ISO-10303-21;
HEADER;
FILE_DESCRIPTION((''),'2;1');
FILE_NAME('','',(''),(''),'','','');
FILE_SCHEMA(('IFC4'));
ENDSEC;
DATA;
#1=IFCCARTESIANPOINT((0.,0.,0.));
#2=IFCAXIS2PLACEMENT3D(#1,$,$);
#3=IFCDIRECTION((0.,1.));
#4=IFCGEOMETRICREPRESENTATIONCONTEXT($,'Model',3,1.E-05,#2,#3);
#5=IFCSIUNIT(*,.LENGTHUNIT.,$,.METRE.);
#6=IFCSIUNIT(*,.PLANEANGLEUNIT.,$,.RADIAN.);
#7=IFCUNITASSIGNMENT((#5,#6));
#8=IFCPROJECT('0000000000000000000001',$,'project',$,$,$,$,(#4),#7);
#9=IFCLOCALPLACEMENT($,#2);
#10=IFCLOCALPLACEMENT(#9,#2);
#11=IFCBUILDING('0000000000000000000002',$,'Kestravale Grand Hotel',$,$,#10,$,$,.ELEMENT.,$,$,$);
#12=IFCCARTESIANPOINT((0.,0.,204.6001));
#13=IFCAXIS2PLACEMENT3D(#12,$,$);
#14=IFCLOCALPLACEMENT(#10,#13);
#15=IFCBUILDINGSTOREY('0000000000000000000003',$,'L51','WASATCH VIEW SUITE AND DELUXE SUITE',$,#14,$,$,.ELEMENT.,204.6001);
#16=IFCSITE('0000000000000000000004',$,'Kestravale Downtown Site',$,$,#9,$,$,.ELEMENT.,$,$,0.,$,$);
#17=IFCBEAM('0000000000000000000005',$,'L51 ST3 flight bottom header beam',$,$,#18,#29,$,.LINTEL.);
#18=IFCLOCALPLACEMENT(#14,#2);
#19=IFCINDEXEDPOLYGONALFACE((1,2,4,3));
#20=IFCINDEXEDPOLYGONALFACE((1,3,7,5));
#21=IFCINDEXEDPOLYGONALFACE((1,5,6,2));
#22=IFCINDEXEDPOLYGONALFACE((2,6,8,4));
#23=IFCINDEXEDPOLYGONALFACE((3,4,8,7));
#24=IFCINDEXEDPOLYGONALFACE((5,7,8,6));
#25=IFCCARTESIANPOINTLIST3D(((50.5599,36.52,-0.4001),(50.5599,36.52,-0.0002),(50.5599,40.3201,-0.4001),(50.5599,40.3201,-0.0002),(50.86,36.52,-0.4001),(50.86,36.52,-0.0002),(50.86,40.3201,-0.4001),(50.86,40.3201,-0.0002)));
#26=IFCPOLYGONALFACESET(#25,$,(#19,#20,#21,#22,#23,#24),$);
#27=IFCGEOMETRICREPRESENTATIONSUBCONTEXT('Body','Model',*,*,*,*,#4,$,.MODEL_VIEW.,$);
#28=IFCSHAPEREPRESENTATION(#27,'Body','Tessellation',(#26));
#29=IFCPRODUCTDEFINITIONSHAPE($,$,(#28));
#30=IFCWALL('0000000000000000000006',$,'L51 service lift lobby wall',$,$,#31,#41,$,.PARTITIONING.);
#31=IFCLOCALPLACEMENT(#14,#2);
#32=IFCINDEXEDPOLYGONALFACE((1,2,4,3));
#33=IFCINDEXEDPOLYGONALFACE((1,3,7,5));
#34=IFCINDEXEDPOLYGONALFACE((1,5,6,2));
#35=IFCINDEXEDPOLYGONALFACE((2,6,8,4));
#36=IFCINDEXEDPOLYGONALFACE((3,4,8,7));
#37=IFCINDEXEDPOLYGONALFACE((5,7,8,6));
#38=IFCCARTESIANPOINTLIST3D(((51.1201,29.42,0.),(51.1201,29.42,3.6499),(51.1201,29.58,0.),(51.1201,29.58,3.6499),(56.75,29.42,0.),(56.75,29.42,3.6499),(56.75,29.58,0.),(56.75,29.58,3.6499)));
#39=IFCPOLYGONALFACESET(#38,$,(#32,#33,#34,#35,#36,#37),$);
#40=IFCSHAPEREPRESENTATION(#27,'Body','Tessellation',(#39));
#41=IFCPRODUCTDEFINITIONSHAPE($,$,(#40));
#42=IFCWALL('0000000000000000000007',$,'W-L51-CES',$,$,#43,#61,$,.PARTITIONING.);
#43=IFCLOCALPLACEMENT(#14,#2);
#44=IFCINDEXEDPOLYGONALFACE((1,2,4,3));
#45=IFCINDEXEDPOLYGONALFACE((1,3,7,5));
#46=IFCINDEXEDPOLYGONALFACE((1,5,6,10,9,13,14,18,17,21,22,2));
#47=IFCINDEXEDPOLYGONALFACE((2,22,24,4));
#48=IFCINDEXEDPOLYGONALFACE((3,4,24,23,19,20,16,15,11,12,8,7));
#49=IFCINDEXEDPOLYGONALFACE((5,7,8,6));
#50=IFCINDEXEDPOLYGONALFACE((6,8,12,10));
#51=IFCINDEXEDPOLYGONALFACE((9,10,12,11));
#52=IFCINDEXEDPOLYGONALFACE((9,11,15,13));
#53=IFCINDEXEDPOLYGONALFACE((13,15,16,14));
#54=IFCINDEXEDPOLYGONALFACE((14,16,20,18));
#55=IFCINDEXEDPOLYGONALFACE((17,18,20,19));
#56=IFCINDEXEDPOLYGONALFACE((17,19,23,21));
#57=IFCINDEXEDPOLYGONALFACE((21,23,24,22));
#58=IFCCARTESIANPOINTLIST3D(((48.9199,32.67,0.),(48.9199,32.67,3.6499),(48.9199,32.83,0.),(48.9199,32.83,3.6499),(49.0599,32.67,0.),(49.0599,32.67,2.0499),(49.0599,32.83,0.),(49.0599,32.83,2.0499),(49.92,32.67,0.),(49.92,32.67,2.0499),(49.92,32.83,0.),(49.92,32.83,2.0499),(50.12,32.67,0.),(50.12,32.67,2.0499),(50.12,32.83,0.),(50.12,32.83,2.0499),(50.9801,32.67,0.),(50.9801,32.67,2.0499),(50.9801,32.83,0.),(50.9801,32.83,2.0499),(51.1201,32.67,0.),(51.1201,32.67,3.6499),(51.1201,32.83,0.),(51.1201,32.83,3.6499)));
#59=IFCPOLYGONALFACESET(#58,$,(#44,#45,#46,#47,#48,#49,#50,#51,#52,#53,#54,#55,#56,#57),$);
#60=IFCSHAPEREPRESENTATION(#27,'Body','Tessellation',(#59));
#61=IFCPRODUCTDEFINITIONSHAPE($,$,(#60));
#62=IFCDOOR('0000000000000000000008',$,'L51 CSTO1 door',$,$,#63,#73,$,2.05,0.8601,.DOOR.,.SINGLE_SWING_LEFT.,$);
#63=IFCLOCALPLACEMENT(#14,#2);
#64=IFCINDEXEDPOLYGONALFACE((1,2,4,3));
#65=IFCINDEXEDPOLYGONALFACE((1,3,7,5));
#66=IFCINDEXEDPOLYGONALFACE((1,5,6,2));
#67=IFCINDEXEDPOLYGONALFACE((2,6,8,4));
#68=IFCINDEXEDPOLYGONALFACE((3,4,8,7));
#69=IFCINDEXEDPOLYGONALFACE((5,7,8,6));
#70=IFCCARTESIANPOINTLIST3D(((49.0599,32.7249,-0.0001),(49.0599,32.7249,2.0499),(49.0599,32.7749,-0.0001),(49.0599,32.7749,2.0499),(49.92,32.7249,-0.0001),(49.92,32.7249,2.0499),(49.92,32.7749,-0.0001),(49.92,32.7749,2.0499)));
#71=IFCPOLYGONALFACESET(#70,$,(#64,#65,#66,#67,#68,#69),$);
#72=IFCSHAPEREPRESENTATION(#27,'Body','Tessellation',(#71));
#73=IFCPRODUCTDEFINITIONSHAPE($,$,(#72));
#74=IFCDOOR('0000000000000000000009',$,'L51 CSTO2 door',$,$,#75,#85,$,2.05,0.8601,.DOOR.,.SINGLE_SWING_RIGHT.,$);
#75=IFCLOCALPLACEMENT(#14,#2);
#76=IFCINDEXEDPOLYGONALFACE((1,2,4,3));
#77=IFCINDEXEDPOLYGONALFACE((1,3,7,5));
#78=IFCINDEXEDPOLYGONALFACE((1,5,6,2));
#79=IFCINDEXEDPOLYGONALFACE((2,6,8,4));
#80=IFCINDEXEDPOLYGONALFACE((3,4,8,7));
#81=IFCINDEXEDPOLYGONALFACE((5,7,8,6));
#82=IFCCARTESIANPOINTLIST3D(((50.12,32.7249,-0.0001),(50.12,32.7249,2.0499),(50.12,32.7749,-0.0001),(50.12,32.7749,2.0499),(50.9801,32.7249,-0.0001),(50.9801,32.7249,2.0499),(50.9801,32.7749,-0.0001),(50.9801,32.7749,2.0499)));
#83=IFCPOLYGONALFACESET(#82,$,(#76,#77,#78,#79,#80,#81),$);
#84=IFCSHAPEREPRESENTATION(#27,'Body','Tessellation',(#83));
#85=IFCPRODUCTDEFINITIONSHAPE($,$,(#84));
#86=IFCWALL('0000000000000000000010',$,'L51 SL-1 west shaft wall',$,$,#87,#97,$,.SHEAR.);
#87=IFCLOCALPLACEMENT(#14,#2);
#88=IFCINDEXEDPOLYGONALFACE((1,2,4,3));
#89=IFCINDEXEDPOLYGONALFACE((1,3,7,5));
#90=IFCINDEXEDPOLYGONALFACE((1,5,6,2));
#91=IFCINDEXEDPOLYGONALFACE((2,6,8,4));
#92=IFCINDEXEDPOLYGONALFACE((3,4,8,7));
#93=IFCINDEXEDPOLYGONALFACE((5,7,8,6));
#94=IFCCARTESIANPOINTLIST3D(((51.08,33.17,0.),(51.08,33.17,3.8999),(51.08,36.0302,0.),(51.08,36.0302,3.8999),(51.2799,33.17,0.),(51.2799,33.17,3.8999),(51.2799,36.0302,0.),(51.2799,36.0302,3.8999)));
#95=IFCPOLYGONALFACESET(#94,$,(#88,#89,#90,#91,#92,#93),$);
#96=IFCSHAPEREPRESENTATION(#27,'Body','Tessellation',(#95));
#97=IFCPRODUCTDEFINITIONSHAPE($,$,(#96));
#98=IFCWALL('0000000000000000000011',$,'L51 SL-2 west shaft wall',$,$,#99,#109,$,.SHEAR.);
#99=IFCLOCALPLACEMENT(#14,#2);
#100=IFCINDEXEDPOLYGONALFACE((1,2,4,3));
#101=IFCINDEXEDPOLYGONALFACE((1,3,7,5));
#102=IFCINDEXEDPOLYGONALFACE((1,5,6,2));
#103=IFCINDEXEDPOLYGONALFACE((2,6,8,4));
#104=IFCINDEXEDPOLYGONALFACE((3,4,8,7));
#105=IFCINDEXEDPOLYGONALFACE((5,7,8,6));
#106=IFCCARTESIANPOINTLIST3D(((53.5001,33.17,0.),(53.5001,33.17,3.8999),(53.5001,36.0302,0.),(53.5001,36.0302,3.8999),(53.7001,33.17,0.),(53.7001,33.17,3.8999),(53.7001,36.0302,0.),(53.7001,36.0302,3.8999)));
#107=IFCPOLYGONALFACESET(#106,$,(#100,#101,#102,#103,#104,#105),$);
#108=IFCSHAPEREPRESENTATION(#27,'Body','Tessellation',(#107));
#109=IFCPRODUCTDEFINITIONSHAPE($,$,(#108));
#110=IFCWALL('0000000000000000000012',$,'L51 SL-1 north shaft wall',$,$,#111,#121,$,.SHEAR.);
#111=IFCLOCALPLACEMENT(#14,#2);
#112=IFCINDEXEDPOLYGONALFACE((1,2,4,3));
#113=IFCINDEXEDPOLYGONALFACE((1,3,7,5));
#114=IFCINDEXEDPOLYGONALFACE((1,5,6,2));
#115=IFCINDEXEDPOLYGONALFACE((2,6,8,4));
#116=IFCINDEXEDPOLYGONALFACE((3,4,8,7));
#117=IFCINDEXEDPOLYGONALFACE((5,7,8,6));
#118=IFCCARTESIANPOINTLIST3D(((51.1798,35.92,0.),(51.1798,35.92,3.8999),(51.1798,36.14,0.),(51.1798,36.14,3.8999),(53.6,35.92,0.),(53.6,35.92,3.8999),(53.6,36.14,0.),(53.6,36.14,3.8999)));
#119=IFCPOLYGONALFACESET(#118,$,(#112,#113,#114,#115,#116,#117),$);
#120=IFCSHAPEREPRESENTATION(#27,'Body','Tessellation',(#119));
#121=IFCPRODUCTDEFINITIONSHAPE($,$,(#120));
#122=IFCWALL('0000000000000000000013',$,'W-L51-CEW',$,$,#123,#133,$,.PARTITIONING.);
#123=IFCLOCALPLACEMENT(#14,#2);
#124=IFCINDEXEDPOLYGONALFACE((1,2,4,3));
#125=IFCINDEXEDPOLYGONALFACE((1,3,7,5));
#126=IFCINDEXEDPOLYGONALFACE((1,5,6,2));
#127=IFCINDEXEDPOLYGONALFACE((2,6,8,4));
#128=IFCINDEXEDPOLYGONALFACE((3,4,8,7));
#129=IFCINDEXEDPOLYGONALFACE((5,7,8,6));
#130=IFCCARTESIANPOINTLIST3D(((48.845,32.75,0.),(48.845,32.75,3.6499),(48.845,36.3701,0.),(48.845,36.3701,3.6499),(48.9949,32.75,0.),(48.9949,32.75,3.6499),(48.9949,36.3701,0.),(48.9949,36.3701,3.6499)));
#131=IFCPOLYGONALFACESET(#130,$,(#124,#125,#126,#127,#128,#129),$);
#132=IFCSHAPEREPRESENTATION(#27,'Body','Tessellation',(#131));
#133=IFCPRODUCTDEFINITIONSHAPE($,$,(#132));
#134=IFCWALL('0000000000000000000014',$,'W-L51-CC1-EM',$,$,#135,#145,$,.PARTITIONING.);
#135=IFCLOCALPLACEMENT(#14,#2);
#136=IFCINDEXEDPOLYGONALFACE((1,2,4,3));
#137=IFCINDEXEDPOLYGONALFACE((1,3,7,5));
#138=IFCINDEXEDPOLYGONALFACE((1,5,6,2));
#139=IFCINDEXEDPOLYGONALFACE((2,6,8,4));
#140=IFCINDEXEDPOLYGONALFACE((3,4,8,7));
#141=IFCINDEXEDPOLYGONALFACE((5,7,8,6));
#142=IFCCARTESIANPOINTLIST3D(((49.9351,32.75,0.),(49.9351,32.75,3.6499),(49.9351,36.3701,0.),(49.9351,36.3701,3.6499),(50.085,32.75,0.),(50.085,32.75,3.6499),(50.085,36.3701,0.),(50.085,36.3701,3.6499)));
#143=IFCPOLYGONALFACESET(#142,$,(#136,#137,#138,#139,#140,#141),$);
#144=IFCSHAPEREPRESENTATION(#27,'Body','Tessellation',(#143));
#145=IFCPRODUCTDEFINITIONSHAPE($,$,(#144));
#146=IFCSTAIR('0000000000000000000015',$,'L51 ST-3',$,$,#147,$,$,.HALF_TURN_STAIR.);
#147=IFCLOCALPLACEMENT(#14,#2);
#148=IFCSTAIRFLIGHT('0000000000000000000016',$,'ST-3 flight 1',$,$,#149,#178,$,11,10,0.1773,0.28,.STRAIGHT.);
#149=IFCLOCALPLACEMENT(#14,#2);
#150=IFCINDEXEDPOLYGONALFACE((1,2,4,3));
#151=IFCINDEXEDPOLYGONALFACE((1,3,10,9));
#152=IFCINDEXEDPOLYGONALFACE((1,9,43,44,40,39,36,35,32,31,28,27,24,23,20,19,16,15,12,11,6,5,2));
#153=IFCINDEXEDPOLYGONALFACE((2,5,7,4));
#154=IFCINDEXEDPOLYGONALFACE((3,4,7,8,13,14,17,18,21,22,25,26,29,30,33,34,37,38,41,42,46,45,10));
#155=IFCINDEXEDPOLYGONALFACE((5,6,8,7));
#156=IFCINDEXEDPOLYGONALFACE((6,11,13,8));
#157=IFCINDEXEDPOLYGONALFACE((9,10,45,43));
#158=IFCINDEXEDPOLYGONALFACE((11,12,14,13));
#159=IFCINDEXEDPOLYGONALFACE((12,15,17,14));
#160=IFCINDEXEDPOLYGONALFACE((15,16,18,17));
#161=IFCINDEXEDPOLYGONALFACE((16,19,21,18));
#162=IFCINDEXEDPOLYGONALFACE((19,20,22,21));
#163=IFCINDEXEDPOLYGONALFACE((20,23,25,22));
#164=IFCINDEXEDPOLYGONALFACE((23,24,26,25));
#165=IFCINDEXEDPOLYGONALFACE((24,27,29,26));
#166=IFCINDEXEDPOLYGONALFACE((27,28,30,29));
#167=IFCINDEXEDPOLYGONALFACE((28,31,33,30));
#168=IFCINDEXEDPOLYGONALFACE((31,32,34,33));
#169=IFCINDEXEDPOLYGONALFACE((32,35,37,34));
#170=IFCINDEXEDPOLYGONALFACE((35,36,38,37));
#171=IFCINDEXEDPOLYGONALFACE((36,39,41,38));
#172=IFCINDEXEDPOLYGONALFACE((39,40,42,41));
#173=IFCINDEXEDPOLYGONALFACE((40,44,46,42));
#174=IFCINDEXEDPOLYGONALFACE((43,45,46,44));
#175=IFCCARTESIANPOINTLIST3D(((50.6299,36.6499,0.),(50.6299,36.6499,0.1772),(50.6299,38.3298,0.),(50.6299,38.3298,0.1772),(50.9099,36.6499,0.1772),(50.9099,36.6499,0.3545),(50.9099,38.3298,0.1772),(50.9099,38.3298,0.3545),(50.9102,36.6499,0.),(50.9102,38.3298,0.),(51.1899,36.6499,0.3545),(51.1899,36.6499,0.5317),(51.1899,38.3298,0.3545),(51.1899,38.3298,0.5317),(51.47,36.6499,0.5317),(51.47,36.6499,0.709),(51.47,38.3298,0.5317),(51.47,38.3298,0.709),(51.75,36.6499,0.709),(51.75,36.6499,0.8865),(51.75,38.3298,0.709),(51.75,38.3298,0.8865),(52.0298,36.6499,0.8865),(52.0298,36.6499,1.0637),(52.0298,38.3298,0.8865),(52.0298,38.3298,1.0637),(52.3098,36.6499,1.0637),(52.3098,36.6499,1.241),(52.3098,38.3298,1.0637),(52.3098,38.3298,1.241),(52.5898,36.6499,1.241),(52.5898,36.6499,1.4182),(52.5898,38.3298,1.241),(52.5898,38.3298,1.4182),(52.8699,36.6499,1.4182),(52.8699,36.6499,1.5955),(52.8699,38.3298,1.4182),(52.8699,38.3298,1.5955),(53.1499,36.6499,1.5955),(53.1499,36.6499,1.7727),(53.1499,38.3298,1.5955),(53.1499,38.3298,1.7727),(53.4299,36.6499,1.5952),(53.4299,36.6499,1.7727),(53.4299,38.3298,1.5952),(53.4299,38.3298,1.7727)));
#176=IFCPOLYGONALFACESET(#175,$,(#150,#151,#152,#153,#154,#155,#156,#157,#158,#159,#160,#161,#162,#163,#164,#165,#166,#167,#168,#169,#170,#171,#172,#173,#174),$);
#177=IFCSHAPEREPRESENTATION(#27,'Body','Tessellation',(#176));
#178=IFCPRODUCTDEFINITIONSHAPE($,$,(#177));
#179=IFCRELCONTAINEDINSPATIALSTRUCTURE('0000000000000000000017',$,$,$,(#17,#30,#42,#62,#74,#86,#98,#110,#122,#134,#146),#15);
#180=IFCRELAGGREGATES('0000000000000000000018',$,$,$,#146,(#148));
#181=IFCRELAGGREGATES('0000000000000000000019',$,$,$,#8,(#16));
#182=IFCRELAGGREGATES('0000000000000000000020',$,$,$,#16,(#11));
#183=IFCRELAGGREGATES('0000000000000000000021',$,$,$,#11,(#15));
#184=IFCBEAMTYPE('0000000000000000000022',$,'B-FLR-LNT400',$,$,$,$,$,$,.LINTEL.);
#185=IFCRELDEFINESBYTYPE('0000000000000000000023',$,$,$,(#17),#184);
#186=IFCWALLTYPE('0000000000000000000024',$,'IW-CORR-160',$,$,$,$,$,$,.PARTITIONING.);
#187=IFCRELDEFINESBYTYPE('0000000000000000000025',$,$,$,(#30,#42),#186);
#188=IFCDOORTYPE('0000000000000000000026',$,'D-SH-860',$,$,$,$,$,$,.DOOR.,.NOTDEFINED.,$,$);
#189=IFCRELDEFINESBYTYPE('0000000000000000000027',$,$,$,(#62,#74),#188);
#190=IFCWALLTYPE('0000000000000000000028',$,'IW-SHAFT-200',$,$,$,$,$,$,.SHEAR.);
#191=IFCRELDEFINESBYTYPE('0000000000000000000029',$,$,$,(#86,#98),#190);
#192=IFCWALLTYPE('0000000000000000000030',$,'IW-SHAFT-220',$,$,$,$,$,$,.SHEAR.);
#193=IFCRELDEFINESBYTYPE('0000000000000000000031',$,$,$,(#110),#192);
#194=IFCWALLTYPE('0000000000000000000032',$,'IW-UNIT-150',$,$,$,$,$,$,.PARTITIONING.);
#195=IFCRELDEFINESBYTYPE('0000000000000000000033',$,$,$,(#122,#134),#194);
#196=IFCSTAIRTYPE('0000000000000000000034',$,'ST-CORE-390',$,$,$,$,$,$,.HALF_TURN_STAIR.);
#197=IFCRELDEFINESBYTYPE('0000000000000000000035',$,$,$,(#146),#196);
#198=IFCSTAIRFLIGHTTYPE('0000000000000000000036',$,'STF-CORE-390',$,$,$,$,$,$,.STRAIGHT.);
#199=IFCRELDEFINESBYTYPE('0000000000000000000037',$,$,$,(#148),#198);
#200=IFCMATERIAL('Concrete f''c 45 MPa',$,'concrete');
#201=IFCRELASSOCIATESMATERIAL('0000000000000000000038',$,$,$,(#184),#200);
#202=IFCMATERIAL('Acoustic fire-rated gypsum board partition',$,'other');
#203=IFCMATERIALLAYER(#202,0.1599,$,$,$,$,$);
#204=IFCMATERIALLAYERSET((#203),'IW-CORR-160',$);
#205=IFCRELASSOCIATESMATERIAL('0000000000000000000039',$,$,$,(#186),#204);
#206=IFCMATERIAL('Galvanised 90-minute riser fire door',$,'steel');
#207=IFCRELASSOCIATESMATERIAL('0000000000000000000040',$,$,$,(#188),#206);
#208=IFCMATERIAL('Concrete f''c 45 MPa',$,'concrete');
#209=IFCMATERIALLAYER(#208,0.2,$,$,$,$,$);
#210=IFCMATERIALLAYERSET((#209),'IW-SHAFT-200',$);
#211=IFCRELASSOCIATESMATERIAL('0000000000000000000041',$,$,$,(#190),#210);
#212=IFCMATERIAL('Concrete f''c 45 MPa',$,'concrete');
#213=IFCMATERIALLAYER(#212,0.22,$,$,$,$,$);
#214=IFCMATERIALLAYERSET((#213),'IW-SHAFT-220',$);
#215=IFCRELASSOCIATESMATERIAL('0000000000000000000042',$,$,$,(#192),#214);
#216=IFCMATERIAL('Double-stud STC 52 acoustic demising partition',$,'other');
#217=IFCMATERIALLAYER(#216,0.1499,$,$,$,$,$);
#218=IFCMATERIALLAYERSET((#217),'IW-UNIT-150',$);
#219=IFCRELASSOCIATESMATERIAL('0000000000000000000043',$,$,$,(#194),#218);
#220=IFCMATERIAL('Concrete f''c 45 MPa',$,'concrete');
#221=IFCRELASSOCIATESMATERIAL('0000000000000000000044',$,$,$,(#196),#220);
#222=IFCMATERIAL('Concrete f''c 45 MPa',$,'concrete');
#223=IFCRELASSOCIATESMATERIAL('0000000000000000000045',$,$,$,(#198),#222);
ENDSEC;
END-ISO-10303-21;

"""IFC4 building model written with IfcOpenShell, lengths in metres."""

from ifc_helpers import new_model, si_unit, direction, frame, frame_2d, origin, origin_2d, place, context, subcontext, project, spatial, polyline, rectangle, outline, extrude, material, layer, layer_set, material_profile, profile_set, type_object, element, fill, aggregate, save


model = new_model("IFC4")

# Units and contexts
model_context = context("Model", 3, precision=1e-05, world=origin(), true_north=direction((0.0, 1.0)))
body_context = subcontext(model_context, "Body", "Model", "MODEL_VIEW")
ifc_project = project(units=[si_unit("LENGTHUNIT", "METRE"), si_unit("PLANEANGLEUNIT", "RADIAN")], contexts=[model_context])

# Site, building, storey
site_placement = place(None, origin())
site = spatial("IfcSite", under=ifc_project, at=site_placement, Name="Kestravale Downtown Site", CompositionType="ELEMENT", RefElevation=0.0)
building_placement = place(site_placement, origin())
building = spatial("IfcBuilding", under=site, at=building_placement, Name="Kestravale Grand Hotel", CompositionType="ELEMENT")
storey_placement = place(building_placement, frame((0.0, 0.0, 204.6001)))
storey = spatial("IfcBuildingStorey", under=building, at=storey_placement, Name="L51", Description="WASATCH VIEW SUITE AND DELUXE SUITE", CompositionType="ELEMENT", Elevation=204.6001)

# Beam
ifc_material_1 = material(Name="Concrete f'c 45 MPa", Category="concrete")
ifc_material_profile = material_profile(ifc_material_1, rectangle(XDim=0.3, YDim=0.3999, at=origin_2d()))
ifc_profile_set = profile_set([ifc_material_profile], Name="Concrete f'c 45 MPa")
beam_type = type_object("IfcBeamType", Name="B-FLR-LNT400", PredefinedType="LINTEL", material=ifc_profile_set)
beam_placement = place(storey_placement, frame((50.71, 36.52, -0.2002), z_axis=(0.0, 1.0, 0.0), x_axis=(-1.0, 0.0, 0.0)))
element("IfcBeam", 1, at=beam_placement, inside=storey, type_object=beam_type, Name="L51 ST3 flight bottom header beam", PredefinedType="LINTEL", context=body_context, shape_type="SweptSolid", body=[
    extrude(rectangle(XDim=0.3, YDim=0.3999, at=origin_2d()), origin(), (0.0, 0.0, 1.0), 3.8),
])

# Shared definitions
ifc_material_2 = material(Name="Acoustic fire-rated gypsum board partition", Category="other")
ifc_layer_1 = layer(ifc_material_2, 0.1599)
ifc_layer_set_1 = layer_set([ifc_layer_1], Name="IW-CORR-160")
wall_type_1 = type_object("IfcWallType", Name="IW-CORR-160", PredefinedType="PARTITIONING", material=ifc_layer_set_1)

# Wall
wall_1_placement = place(storey_placement, frame((51.1201, 29.5, 0.0), z_axis=(0.0, 0.0, 1.0), x_axis=(1.0, 0.0, 0.0)))
element("IfcWall", 2, at=wall_1_placement, inside=storey, type_object=wall_type_1, Name="L51 service lift lobby wall", PredefinedType="PARTITIONING", context=body_context, shape_type="SweptSolid", body=[
    extrude(rectangle(XDim=5.6299, YDim=0.1599, at=frame_2d((2.8149, 0.0))), origin(), (0.0, 0.0, 1.0), 3.6499),
])

# Wall, openings, doors
wall_2_placement = place(storey_placement, frame((48.9199, 32.75, 0.0), z_axis=(0.0, 0.0, 1.0), x_axis=(1.0, 0.0, 0.0)))
wall_2 = element("IfcWall", 3, at=wall_2_placement, inside=storey, type_object=wall_type_1, Name="W-L51-CES", PredefinedType="PARTITIONING", context=body_context, shape_type="SweptSolid", body=[
    extrude(rectangle(XDim=2.2002, YDim=0.1599, at=frame_2d((1.1001, 0.0))), origin(), (0.0, 0.0, 1.0), 3.6499),
])
opening_1_placement = place(wall_2_placement, frame((0.1399, 0.0, 0.0)))
opening_1 = element("IfcOpeningElement", 4, at=opening_1_placement, cuts=wall_2, PredefinedType="OPENING", context=body_context, shape_type="SweptSolid", body=[
    extrude(rectangle(XDim=0.8601, YDim=2.05, at=frame_2d((0.4302, 1.0249))), frame((0.0, 0.0898, 0.0), z_axis=(0.0, -1.0, 0.0), x_axis=(1.0, 0.0, 0.0)), (0.0, 0.0, 1.0), 0.1799),
])
opening_2_placement = place(wall_2_placement, frame((1.2, 0.0, 0.0)))
opening_2 = element("IfcOpeningElement", 5, at=opening_2_placement, cuts=wall_2, PredefinedType="OPENING", context=body_context, shape_type="SweptSolid", body=[
    extrude(rectangle(XDim=0.8601, YDim=2.05, at=frame_2d((0.4302, 1.0249))), frame((0.0, 0.0898, 0.0), z_axis=(0.0, -1.0, 0.0), x_axis=(1.0, 0.0, 0.0)), (0.0, 0.0, 1.0), 0.1799),
])
ifc_material_3 = material(Name="Galvanised 90-minute riser fire door", Category="steel")
door_type_1 = type_object("IfcDoorType", Name="D-SH-860", OperationType="NOTDEFINED", PredefinedType="DOOR", material=ifc_material_3)
door_1_placement = place(opening_1_placement, origin())
door_1 = element("IfcDoor", 6, at=door_1_placement, inside=storey, type_object=door_type_1, Name="L51 CSTO1 door", OperationType="SINGLE_SWING_LEFT", OverallHeight=2.05, OverallWidth=0.8601, PredefinedType="DOOR", context=body_context, shape_type="SweptSolid", body=[
    extrude(rectangle(XDim=0.8601, YDim=2.05, at=frame_2d((0.4302, 1.0249))), frame((0.0, 0.0249, 0.0), z_axis=(0.0, -1.0, 0.0), x_axis=(1.0, 0.0, 0.0)), (0.0, 0.0, 1.0), 0.05),
])
fill(opening_1, door_1)
door_2_placement = place(opening_2_placement, origin())
door_2 = element("IfcDoor", 7, at=door_2_placement, inside=storey, type_object=door_type_1, Name="L51 CSTO2 door", OperationType="SINGLE_SWING_RIGHT", OverallHeight=2.05, OverallWidth=0.8601, PredefinedType="DOOR", context=body_context, shape_type="SweptSolid", body=[
    extrude(rectangle(XDim=0.8601, YDim=2.05, at=frame_2d((0.4302, 1.0249))), frame((0.0, 0.0249, 0.0), z_axis=(0.0, -1.0, 0.0), x_axis=(1.0, 0.0, 0.0)), (0.0, 0.0, 1.0), 0.05),
])
fill(opening_2, door_2)

# Walls
ifc_material_4 = material(Name="Concrete f'c 45 MPa", Category="concrete")
ifc_layer_2 = layer(ifc_material_4, 0.2)
ifc_layer_set_2 = layer_set([ifc_layer_2], Name="IW-SHAFT-200")
wall_type_2 = type_object("IfcWallType", Name="IW-SHAFT-200", PredefinedType="SHEAR", material=ifc_layer_set_2)
for number, where, z_axis, x_axis, name in (
    (8, (51.1799, 33.1699, 0.0), (0.0, 0.0, 1.0), (0.0, 1.0, 0.0), "L51 SL-1 west shaft wall"),
    (9, (53.6001, 33.1699, 0.0), (0.0, 0.0, 1.0), (0.0, 1.0, 0.0), "L51 SL-2 west shaft wall"),
):
    element("IfcWall", number, at=place(storey_placement, frame(where, z_axis=z_axis, x_axis=x_axis)), inside=storey, type_object=wall_type_2, Name=name, PredefinedType="SHEAR", context=body_context, shape_type="SweptSolid", body=[
        extrude(rectangle(XDim=2.8601, YDim=0.2, at=frame_2d((1.4302, 0.0))), origin(), (0.0, 0.0, 1.0), 3.8999),
    ])
ifc_material_5 = material(Name="Concrete f'c 45 MPa", Category="concrete")
ifc_layer_3 = layer(ifc_material_5, 0.22)
ifc_layer_set_3 = layer_set([ifc_layer_3], Name="IW-SHAFT-220")
wall_type_3 = type_object("IfcWallType", Name="IW-SHAFT-220", PredefinedType="SHEAR", material=ifc_layer_set_3)
wall_3_placement = place(storey_placement, frame((51.1799, 36.03, 0.0), z_axis=(0.0, 0.0, 1.0), x_axis=(1.0, 0.0, 0.0)))
element("IfcWall", 10, at=wall_3_placement, inside=storey, type_object=wall_type_3, Name="L51 SL-1 north shaft wall", PredefinedType="SHEAR", context=body_context, shape_type="SweptSolid", body=[
    extrude(rectangle(XDim=2.4202, YDim=0.22, at=frame_2d((1.21, 0.0))), origin(), (0.0, 0.0, 1.0), 3.8999),
])

# Walls
ifc_material_6 = material(Name="Double-stud STC 52 acoustic demising partition", Category="other")
ifc_layer_4 = layer(ifc_material_6, 0.1499)
ifc_layer_set_4 = layer_set([ifc_layer_4], Name="IW-UNIT-150")
wall_type_4 = type_object("IfcWallType", Name="IW-UNIT-150", PredefinedType="PARTITIONING", material=ifc_layer_set_4)
for number, where, z_axis, x_axis, name in (
    (11, (48.9199, 32.75, 0.0), (0.0, 0.0, 1.0), (0.0, 1.0, 0.0), "W-L51-CEW"),
    (12, (50.01, 32.75, 0.0), (0.0, 0.0, 1.0), (0.0, 1.0, 0.0), "W-L51-CC1-EM"),
):
    element("IfcWall", number, at=place(storey_placement, frame(where, z_axis=z_axis, x_axis=x_axis)), inside=storey, type_object=wall_type_4, Name=name, PredefinedType="PARTITIONING", context=body_context, shape_type="SweptSolid", body=[
        extrude(rectangle(XDim=3.6201, YDim=0.1499, at=frame_2d((1.8101, 0.0))), origin(), (0.0, 0.0, 1.0), 3.6499),
    ])

# Stair, stair flight
ifc_material_7 = material(Name="Concrete f'c 45 MPa", Category="concrete")
stair_type = type_object("IfcStairType", Name="ST-CORE-390", PredefinedType="HALF_TURN_STAIR", material=ifc_material_7)
stair_placement = place(storey_placement, origin())
stair = element("IfcStair", 13, at=stair_placement, inside=storey, type_object=stair_type, Name="L51 ST-3", PredefinedType="HALF_TURN_STAIR")
ifc_material_8 = material(Name="Concrete f'c 45 MPa", Category="concrete")
stair_flight_type = type_object("IfcStairFlightType", Name="STF-CORE-390", PredefinedType="STRAIGHT", material=ifc_material_8)
stair_flight_1_placement = place(storey_placement, frame((50.6299, 37.49, 0.0), z_axis=(0.0, 0.0, 1.0), x_axis=(1.0, 0.0, 0.0)))
stair_flight_1 = element("IfcStairFlight", 14, at=stair_flight_1_placement, type_object=stair_flight_type, Name="ST-3 flight 1", NumberOfRisers=11, NumberOfTreads=10, PredefinedType="STRAIGHT", RiserHeight=0.1773, TreadLength=0.28, context=body_context, shape_type="SweptSolid", body=[
    extrude(outline(polyline([(0.0, 0.0), (0.0, 0.1772), (0.28, 0.1772), (0.28, 0.3545), (0.5601, 0.3545), (0.5601, 0.5317), (0.8401, 0.5317), (0.8401, 0.709), (1.1201, 0.709), (1.1201, 0.8865), (1.3999, 0.8865), (1.3999, 1.0637), (1.6799, 1.0637), (1.6799, 1.241), (1.96, 1.241), (1.96, 1.4182), (2.24, 1.4182), (2.24, 1.5955), (2.52, 1.5955), (2.52, 1.7727), (2.8, 1.7727), (2.8, 1.95), (2.8, 1.5952), (0.2803, 0.0), (0.0, 0.0)])), frame((0.0, 0.8398, 0.0), z_axis=(0.0, -1.0, 0.0), x_axis=(1.0, 0.0, 0.0)), (0.0, 0.0, 1.0), 1.6799),
])
aggregate(stair, [stair_flight_1])

save(model, "model.ifc")
